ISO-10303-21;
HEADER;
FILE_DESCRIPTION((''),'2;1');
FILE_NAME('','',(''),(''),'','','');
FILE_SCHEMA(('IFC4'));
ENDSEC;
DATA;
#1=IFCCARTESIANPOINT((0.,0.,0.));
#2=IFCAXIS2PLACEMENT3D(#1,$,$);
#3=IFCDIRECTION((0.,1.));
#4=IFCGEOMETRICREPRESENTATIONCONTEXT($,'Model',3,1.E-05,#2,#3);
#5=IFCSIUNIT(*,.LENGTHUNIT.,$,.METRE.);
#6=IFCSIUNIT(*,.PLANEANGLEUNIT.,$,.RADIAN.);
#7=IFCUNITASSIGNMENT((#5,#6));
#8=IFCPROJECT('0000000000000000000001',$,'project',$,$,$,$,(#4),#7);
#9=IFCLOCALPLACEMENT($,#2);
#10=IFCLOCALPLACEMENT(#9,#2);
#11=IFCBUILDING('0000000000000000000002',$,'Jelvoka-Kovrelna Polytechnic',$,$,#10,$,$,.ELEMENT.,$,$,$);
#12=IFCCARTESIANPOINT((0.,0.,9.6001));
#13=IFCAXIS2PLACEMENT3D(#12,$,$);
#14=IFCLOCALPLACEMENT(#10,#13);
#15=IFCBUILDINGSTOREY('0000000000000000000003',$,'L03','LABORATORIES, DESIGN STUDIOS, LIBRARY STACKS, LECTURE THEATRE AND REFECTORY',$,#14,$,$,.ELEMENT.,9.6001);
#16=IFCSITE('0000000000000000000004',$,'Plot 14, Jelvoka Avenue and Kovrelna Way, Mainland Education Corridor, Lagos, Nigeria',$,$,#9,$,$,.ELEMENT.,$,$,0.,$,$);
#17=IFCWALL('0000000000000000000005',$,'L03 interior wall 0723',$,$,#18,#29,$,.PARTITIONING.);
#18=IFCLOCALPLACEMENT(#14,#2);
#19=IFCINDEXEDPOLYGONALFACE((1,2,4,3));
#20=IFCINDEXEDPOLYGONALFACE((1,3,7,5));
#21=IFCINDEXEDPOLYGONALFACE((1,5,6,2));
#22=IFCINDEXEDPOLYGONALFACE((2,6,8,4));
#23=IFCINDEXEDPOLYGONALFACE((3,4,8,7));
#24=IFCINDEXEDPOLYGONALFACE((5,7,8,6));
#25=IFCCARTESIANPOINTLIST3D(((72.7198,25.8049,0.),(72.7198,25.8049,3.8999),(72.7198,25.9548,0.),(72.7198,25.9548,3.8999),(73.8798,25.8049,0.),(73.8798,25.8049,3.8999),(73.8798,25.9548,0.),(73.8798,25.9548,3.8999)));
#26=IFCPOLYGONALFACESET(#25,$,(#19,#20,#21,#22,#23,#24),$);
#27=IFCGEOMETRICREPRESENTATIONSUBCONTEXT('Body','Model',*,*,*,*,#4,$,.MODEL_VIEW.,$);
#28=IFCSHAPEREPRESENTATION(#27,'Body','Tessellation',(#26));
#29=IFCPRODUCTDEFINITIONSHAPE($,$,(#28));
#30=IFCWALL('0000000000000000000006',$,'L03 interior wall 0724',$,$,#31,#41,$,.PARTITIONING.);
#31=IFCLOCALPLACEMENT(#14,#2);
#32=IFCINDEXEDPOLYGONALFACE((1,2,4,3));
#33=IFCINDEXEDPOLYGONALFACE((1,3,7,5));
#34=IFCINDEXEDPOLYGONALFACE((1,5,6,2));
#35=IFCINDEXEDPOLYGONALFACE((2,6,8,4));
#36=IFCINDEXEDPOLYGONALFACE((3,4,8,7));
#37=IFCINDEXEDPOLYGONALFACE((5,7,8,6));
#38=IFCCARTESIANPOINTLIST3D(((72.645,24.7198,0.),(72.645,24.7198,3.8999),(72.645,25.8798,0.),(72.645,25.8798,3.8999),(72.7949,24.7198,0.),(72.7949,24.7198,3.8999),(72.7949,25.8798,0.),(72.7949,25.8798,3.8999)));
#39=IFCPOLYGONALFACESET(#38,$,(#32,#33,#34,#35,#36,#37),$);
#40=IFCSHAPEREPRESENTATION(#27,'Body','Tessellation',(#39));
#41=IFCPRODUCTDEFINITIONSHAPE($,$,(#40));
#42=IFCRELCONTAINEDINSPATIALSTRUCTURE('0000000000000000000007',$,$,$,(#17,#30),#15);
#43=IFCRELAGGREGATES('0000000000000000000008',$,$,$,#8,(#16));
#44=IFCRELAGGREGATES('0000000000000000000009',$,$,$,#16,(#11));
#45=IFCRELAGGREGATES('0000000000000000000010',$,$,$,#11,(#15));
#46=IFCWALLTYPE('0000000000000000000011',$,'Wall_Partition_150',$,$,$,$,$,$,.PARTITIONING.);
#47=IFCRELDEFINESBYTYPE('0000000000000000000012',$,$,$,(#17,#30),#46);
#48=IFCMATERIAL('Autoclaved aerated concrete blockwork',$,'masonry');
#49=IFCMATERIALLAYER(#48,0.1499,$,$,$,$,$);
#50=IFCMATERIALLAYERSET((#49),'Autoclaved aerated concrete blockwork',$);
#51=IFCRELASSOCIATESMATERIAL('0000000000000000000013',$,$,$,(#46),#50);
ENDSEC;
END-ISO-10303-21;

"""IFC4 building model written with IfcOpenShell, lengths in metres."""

from ifc_helpers import new_model, si_unit, direction, frame, frame_2d, origin, place, context, subcontext, project, spatial, rectangle, extrude, material, layer, layer_set, type_object, element, save


model = new_model("IFC4")

# Units and contexts
model_context = context("Model", 3, precision=1e-05, world=origin(), true_north=direction((0.0, 1.0)))
body_context = subcontext(model_context, "Body", "Model", "MODEL_VIEW")
ifc_project = project(units=[si_unit("LENGTHUNIT", "METRE"), si_unit("PLANEANGLEUNIT", "RADIAN")], contexts=[model_context])

# Site, building, storey
site_placement = place(None, origin())
site = spatial("IfcSite", under=ifc_project, at=site_placement, Name="Plot 14, Jelvoka Avenue and Kovrelna Way, Mainland Education Corridor, Lagos, Nigeria", CompositionType="ELEMENT", RefElevation=0.0)
building_placement = place(site_placement, origin())
building = spatial("IfcBuilding", under=site, at=building_placement, Name="Jelvoka-Kovrelna Polytechnic", CompositionType="ELEMENT")
storey_placement = place(building_placement, frame((0.0, 0.0, 9.6001)))
storey = spatial("IfcBuildingStorey", under=building, at=storey_placement, Name="L03", Description="LABORATORIES, DESIGN STUDIOS, LIBRARY STACKS, LECTURE THEATRE AND REFECTORY", CompositionType="ELEMENT", Elevation=9.6001)

# Walls
ifc_material_1 = material(Name="Autoclaved aerated concrete blockwork", Category="masonry")
ifc_layer_1 = layer(ifc_material_1, 0.1499)
ifc_layer_set_1 = layer_set([ifc_layer_1], Name="Autoclaved aerated concrete blockwork")
wall_type = type_object("IfcWallType", Name="Wall_Partition_150", PredefinedType="PARTITIONING", material=ifc_layer_set_1)
for number, where, z_axis, x_axis, name in (
    (1, (73.8799, 25.8799, 0.0), (0.0, 0.0, 1.0), (-1.0, 0.0, 0.0), "L03 interior wall 0723"),
    (2, (72.72, 25.8799, 0.0), (0.0, 0.0, 1.0), (0.0, -1.0, 0.0), "L03 interior wall 0724"),
):
    element("IfcWall", number, at=place(storey_placement, frame(where, z_axis=z_axis, x_axis=x_axis)), inside=storey, type_object=wall_type, Name=name, PredefinedType="PARTITIONING", context=body_context, shape_type="SweptSolid", body=[
        extrude(rectangle(XDim=1.1599, YDim=0.1499, at=frame_2d((0.5801, 0.0))), origin(), (0.0, 0.0, 1.0), 3.8999),
    ])

save(model, "model.ifc")
